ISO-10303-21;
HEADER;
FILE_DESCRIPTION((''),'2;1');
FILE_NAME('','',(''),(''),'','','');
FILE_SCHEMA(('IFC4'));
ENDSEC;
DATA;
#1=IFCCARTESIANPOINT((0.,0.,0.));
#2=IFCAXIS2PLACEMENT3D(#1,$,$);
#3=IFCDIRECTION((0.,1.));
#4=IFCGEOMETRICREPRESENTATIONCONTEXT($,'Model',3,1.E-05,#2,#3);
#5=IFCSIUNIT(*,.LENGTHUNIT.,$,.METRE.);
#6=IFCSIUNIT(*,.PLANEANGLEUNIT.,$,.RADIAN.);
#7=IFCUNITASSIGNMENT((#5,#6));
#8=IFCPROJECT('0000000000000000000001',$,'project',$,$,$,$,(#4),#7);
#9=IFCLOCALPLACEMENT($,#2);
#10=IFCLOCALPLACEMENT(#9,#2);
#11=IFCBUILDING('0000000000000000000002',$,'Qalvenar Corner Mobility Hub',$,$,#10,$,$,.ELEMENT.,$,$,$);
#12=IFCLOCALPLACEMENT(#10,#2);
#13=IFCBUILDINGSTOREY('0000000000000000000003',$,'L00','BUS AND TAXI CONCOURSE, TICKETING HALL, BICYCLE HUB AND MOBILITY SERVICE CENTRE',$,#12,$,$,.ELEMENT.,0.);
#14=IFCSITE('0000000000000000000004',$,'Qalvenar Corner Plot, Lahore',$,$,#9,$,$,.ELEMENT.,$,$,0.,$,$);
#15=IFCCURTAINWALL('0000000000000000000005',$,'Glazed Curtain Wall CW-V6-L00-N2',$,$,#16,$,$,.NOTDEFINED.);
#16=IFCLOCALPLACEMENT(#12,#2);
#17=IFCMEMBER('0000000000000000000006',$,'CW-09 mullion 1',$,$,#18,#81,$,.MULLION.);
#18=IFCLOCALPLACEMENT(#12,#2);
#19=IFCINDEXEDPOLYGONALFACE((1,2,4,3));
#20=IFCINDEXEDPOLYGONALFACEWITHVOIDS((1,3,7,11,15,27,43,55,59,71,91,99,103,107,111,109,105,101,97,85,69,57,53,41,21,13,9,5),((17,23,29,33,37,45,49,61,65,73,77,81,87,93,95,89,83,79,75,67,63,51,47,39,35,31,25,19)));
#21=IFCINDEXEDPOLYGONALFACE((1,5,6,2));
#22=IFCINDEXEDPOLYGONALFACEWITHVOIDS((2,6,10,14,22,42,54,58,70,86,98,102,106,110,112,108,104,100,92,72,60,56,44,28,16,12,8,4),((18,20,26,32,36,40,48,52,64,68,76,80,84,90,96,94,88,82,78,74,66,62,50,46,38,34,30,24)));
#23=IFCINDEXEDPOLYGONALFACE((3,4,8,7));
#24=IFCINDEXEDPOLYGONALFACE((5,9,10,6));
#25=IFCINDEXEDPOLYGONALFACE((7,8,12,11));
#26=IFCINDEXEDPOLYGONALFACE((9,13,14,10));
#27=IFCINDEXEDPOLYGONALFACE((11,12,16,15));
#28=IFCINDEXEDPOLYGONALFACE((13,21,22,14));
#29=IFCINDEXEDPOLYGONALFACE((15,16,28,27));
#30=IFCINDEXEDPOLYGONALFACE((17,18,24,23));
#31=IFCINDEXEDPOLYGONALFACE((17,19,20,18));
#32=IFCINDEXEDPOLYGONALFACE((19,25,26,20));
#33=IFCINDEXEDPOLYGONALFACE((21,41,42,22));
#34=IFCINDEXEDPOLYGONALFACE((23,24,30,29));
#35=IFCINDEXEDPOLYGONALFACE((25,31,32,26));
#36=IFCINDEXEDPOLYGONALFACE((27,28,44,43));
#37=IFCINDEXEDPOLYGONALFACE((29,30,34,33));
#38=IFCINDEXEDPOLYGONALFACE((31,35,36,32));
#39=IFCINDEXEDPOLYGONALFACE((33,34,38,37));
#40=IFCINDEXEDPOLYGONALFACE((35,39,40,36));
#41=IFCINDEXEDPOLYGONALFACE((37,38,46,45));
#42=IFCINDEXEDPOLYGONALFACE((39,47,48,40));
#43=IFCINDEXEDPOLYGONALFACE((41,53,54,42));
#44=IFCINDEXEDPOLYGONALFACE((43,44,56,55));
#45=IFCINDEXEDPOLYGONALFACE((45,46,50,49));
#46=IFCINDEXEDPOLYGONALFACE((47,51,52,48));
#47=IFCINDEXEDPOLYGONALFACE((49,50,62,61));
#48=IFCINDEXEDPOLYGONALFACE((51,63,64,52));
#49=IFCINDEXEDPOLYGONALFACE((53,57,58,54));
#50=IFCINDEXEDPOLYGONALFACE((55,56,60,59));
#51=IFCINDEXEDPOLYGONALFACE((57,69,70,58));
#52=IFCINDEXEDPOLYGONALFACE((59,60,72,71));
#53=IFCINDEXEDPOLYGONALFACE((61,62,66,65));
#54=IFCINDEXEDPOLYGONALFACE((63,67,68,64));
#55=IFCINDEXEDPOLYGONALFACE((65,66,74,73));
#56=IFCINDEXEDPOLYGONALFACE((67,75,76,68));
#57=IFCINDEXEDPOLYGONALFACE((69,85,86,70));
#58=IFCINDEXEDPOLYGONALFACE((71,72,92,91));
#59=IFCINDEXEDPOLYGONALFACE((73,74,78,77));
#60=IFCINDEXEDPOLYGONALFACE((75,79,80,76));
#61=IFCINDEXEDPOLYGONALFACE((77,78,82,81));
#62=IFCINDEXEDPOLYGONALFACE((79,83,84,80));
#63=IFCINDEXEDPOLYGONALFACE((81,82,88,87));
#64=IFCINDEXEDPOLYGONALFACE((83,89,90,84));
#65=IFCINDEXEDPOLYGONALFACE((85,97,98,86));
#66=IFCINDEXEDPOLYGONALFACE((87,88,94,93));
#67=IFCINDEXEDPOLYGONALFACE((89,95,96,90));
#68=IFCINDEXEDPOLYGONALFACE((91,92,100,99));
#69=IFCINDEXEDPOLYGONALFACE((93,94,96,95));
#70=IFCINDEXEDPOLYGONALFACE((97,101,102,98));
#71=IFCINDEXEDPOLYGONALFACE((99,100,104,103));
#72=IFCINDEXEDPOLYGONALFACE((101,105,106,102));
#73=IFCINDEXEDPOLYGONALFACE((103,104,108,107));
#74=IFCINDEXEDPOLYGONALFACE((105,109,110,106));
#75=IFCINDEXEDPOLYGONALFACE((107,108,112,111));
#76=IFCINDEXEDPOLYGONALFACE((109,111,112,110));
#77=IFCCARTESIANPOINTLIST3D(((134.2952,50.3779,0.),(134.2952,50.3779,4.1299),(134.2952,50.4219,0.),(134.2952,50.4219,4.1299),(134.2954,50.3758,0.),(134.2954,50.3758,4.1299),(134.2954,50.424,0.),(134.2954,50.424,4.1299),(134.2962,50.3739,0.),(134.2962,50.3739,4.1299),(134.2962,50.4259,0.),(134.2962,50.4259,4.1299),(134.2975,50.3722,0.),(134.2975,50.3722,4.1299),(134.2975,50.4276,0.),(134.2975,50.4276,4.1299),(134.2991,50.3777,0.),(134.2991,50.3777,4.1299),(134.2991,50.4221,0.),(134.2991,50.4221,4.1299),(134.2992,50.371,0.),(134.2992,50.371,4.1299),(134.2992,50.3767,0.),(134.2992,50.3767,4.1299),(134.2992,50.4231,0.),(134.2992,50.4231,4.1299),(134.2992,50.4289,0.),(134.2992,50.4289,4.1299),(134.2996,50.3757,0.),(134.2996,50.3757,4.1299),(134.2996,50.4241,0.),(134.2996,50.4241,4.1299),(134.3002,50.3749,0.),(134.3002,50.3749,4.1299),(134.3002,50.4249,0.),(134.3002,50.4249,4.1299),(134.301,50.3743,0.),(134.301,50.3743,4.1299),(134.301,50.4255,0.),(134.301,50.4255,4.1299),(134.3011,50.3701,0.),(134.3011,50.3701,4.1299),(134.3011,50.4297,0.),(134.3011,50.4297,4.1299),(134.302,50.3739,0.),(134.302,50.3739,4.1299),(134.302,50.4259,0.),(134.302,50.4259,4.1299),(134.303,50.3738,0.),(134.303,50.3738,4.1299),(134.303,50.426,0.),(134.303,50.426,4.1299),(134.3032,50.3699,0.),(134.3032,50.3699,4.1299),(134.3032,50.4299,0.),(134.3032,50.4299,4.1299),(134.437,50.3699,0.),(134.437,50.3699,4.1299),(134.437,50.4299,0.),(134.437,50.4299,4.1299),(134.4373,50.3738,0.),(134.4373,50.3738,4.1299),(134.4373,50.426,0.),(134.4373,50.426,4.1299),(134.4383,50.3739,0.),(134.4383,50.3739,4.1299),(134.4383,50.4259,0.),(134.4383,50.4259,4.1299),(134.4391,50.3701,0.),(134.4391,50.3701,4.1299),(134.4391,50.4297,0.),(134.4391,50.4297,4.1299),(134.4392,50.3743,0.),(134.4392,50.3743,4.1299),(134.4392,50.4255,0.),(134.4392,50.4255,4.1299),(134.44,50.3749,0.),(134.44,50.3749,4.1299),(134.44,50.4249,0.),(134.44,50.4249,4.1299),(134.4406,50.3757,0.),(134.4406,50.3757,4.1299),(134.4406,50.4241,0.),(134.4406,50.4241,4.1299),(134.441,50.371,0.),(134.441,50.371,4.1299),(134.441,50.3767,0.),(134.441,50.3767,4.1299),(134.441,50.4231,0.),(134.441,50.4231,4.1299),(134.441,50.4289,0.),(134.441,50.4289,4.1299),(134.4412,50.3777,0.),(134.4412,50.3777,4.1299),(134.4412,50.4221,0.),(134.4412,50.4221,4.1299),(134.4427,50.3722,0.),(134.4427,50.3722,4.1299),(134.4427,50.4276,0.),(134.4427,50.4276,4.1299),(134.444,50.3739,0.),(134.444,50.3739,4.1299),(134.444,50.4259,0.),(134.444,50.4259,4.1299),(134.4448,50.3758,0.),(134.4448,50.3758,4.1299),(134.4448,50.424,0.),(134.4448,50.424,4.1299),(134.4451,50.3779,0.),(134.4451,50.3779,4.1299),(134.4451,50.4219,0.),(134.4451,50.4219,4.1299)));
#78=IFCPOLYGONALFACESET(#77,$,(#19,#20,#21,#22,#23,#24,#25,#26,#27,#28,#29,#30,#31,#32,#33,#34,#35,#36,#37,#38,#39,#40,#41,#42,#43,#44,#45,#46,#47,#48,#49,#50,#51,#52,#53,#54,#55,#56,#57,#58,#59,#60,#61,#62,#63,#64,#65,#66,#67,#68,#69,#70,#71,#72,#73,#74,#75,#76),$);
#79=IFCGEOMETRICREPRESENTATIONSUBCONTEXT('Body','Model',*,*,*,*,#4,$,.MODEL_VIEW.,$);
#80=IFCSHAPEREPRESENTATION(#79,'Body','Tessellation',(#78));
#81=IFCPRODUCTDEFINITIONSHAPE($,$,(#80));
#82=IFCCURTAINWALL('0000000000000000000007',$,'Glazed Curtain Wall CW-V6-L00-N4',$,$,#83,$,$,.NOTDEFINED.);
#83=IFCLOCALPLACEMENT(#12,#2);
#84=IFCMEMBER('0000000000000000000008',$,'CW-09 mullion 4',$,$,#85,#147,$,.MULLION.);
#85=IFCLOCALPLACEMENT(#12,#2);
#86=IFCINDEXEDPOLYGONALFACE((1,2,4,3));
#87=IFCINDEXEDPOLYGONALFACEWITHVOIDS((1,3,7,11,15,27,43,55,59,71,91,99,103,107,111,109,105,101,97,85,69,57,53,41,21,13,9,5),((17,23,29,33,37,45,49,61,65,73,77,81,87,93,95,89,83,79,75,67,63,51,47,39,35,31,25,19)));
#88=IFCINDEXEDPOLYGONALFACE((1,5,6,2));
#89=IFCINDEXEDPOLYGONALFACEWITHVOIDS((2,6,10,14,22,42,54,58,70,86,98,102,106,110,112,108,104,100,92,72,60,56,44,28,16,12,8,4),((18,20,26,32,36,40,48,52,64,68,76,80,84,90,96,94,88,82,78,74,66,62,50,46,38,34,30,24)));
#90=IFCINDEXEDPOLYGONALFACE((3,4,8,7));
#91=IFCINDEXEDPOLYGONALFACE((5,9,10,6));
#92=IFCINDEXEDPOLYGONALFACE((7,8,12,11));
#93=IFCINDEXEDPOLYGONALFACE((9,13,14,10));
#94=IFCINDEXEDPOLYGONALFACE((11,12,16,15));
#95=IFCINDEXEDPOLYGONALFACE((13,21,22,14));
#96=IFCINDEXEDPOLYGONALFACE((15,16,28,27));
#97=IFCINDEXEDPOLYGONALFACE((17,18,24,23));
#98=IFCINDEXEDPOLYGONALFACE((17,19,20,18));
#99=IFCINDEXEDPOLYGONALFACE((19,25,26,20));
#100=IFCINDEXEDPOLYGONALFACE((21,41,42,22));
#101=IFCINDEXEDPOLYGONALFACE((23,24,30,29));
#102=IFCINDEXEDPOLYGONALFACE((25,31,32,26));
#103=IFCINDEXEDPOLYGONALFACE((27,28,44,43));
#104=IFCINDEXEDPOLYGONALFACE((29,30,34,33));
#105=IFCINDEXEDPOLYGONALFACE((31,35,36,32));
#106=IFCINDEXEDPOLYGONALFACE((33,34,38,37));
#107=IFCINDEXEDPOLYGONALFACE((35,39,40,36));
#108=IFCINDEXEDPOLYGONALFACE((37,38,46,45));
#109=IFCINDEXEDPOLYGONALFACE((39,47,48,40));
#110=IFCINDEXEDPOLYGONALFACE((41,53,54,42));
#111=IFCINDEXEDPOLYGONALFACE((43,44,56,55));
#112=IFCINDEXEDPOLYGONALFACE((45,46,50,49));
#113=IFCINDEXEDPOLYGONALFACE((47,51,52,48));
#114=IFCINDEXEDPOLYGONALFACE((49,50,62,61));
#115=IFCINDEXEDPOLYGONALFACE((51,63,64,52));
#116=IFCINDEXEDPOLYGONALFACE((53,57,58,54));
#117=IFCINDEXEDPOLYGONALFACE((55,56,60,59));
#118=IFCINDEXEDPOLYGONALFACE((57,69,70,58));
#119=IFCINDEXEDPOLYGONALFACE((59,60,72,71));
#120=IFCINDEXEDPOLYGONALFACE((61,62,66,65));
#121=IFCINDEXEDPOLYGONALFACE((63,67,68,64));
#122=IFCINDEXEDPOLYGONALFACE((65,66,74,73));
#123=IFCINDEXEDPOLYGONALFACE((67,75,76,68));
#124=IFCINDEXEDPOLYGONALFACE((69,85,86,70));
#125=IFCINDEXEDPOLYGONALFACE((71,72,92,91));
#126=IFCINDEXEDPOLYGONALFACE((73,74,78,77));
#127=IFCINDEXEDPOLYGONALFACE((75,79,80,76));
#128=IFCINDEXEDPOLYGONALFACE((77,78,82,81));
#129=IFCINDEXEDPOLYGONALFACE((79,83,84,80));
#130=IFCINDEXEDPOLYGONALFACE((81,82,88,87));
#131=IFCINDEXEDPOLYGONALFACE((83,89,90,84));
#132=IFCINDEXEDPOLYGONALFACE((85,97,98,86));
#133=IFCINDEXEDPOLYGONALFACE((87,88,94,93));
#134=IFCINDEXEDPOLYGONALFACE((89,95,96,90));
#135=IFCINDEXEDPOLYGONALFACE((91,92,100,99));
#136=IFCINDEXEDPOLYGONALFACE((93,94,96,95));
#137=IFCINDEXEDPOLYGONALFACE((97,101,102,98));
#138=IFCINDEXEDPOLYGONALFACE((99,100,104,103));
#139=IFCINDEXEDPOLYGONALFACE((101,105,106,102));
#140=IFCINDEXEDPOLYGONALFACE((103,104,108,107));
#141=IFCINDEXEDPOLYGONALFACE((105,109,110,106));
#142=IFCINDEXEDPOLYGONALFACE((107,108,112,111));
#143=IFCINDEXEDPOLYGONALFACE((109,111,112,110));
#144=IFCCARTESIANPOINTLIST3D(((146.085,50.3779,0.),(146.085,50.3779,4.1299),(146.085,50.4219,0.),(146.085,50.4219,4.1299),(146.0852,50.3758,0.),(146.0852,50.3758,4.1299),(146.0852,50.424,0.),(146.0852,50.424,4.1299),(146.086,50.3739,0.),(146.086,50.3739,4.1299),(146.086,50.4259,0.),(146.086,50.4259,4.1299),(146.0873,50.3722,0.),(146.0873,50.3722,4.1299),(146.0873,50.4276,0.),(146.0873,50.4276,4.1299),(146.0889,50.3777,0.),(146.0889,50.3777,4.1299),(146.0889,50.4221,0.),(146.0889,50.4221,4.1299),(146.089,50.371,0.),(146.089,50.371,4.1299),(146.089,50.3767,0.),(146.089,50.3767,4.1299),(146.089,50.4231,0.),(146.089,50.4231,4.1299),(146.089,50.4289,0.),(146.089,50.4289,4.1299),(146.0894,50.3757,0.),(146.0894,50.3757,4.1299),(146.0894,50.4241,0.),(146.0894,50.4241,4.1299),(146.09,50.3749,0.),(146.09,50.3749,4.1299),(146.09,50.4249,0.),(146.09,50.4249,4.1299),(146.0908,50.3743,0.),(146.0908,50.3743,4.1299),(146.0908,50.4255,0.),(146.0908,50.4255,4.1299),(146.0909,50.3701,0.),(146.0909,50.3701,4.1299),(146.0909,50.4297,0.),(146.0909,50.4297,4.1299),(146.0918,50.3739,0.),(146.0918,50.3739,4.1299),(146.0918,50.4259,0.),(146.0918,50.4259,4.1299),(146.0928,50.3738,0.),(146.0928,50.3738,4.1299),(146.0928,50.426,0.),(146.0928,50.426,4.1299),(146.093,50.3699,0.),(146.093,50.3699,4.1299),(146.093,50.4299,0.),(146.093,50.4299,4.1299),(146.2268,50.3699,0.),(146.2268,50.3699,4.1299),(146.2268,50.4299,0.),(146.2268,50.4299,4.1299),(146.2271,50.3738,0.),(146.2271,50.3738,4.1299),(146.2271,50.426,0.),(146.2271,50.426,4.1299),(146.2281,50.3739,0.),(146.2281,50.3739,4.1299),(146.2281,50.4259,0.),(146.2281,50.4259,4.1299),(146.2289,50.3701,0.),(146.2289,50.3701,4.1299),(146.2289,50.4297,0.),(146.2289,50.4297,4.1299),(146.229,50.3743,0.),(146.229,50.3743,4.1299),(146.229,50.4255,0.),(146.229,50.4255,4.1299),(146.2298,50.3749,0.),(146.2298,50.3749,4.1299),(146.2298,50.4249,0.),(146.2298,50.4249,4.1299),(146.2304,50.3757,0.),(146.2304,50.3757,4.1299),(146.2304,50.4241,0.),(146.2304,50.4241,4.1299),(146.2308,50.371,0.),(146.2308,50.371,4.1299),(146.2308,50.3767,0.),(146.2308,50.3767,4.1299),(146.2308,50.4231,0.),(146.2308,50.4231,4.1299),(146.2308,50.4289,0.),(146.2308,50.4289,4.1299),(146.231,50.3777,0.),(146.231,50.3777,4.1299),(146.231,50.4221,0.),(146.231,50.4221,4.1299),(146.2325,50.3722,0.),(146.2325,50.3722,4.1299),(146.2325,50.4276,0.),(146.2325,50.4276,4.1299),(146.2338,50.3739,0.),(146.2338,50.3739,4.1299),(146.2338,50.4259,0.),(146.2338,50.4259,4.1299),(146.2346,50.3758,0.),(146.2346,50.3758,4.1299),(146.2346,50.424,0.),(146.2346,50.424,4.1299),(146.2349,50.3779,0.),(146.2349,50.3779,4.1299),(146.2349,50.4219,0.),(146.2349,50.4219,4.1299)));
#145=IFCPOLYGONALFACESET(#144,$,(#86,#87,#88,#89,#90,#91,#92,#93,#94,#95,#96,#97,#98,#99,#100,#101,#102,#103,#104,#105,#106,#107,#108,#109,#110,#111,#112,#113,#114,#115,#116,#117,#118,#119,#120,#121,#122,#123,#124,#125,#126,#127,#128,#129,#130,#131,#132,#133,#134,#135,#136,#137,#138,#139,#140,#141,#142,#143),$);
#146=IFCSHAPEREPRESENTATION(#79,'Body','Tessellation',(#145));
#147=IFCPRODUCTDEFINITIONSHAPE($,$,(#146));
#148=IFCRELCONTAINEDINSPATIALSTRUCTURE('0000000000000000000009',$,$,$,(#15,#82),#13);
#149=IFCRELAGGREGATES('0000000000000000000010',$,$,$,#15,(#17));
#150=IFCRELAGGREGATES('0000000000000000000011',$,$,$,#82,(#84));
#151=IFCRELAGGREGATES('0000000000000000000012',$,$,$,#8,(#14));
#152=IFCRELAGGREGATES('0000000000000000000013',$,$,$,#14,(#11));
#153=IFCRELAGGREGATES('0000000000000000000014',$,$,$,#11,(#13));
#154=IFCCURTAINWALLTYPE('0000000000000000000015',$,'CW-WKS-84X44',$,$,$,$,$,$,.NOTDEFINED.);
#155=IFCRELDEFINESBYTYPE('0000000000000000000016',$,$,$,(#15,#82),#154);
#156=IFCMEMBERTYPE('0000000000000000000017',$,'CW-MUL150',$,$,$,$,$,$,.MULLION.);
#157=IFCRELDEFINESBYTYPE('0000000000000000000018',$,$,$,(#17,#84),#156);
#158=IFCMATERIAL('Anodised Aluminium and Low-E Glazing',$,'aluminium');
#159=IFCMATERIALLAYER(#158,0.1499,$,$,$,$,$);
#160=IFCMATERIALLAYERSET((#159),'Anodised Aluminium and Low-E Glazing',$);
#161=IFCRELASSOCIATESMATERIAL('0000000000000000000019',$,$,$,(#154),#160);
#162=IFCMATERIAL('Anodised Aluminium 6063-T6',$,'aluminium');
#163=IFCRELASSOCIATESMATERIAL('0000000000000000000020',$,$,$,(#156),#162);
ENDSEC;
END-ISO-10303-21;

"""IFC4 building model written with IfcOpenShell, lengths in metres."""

from ifc_helpers import new_model, si_unit, direction, frame, origin, origin_2d, place, context, subcontext, project, spatial, hollow_rectangle, extrude, material, layer, layer_set, material_profile, profile_set, type_object, element, aggregate, save


model = new_model("IFC4")

# Units and contexts
model_context = context("Model", 3, precision=1e-05, world=origin(), true_north=direction((0.0, 1.0)))
body_context = subcontext(model_context, "Body", "Model", "MODEL_VIEW")
ifc_project = project(units=[si_unit("LENGTHUNIT", "METRE"), si_unit("PLANEANGLEUNIT", "RADIAN")], contexts=[model_context])

# Site, building, storey
site_placement = place(None, origin())
site = spatial("IfcSite", under=ifc_project, at=site_placement, Name="Qalvenar Corner Plot, Lahore", CompositionType="ELEMENT", RefElevation=0.0)
building_placement = place(site_placement, origin())
building = spatial("IfcBuilding", under=site, at=building_placement, Name="Qalvenar Corner Mobility Hub", CompositionType="ELEMENT")
storey_placement = place(building_placement, origin())
storey = spatial("IfcBuildingStorey", under=building, at=storey_placement, Name="L00", Description="BUS AND TAXI CONCOURSE, TICKETING HALL, BICYCLE HUB AND MOBILITY SERVICE CENTRE", CompositionType="ELEMENT", Elevation=0.0)

# Curtain wall, member
ifc_material_1 = material(Name="Anodised Aluminium and Low-E Glazing", Category="aluminium")
ifc_layer_1 = layer(ifc_material_1, 0.1499)
ifc_layer_set_1 = layer_set([ifc_layer_1], Name="Anodised Aluminium and Low-E Glazing")
curtain_wall_type = type_object("IfcCurtainWallType", Name="CW-WKS-84X44", PredefinedType="NOTDEFINED", material=ifc_layer_set_1)
curtain_wall_1_placement = place(storey_placement, origin())
curtain_wall_1 = element("IfcCurtainWall", 1, at=curtain_wall_1_placement, inside=storey, type_object=curtain_wall_type, Name="Glazed Curtain Wall CW-V6-L00-N2", PredefinedType="NOTDEFINED")
ifc_material_2 = material(Name="Anodised Aluminium 6063-T6", Category="aluminium")
ifc_material_profile_1 = material_profile(ifc_material_2, hollow_rectangle(XDim=0.0601, YDim=0.1499, WallThickness=0.0039, InnerFilletRadius=0.0039, OuterFilletRadius=0.0081, at=origin_2d()), Name="RHS150x60x4")
ifc_profile_set_1 = profile_set([ifc_material_profile_1], Name="Anodised Aluminium 6063-T6")
member_type_1 = type_object("IfcMemberType", Name="CW-MUL150", PredefinedType="MULLION", material=ifc_profile_set_1)
member_1_placement = place(storey_placement, frame((134.3701, 50.3999, 0.0), z_axis=(0.0, 0.0, 1.0), x_axis=(0.0, -1.0, 0.0)))
member_1 = element("IfcMember", 2, at=member_1_placement, type_object=member_type_1, Name="CW-09 mullion 1", PredefinedType="MULLION", context=body_context, shape_type="SweptSolid", body=[
    extrude(hollow_rectangle(XDim=0.0601, YDim=0.1499, WallThickness=0.0039, InnerFilletRadius=0.0039, OuterFilletRadius=0.0081, at=origin_2d()), origin(), (0.0, 0.0, 1.0), 4.1299),
])

# Curtain wall, member
curtain_wall_2_placement = place(storey_placement, origin())
curtain_wall_2 = element("IfcCurtainWall", 3, at=curtain_wall_2_placement, inside=storey, type_object=curtain_wall_type, Name="Glazed Curtain Wall CW-V6-L00-N4", PredefinedType="NOTDEFINED")
member_2_placement = place(storey_placement, frame((146.1599, 50.3999, 0.0), z_axis=(0.0, 0.0, 1.0), x_axis=(0.0, -1.0, 0.0)))
member_2 = element("IfcMember", 4, at=member_2_placement, type_object=member_type_1, Name="CW-09 mullion 4", PredefinedType="MULLION", context=body_context, shape_type="SweptSolid", body=[
    extrude(hollow_rectangle(XDim=0.0601, YDim=0.1499, WallThickness=0.0039, InnerFilletRadius=0.0039, OuterFilletRadius=0.0081, at=origin_2d()), origin(), (0.0, 0.0, 1.0), 4.1299),
])

aggregate(curtain_wall_1, [member_1])

aggregate(curtain_wall_2, [member_2])

save(model, "model.ifc")
